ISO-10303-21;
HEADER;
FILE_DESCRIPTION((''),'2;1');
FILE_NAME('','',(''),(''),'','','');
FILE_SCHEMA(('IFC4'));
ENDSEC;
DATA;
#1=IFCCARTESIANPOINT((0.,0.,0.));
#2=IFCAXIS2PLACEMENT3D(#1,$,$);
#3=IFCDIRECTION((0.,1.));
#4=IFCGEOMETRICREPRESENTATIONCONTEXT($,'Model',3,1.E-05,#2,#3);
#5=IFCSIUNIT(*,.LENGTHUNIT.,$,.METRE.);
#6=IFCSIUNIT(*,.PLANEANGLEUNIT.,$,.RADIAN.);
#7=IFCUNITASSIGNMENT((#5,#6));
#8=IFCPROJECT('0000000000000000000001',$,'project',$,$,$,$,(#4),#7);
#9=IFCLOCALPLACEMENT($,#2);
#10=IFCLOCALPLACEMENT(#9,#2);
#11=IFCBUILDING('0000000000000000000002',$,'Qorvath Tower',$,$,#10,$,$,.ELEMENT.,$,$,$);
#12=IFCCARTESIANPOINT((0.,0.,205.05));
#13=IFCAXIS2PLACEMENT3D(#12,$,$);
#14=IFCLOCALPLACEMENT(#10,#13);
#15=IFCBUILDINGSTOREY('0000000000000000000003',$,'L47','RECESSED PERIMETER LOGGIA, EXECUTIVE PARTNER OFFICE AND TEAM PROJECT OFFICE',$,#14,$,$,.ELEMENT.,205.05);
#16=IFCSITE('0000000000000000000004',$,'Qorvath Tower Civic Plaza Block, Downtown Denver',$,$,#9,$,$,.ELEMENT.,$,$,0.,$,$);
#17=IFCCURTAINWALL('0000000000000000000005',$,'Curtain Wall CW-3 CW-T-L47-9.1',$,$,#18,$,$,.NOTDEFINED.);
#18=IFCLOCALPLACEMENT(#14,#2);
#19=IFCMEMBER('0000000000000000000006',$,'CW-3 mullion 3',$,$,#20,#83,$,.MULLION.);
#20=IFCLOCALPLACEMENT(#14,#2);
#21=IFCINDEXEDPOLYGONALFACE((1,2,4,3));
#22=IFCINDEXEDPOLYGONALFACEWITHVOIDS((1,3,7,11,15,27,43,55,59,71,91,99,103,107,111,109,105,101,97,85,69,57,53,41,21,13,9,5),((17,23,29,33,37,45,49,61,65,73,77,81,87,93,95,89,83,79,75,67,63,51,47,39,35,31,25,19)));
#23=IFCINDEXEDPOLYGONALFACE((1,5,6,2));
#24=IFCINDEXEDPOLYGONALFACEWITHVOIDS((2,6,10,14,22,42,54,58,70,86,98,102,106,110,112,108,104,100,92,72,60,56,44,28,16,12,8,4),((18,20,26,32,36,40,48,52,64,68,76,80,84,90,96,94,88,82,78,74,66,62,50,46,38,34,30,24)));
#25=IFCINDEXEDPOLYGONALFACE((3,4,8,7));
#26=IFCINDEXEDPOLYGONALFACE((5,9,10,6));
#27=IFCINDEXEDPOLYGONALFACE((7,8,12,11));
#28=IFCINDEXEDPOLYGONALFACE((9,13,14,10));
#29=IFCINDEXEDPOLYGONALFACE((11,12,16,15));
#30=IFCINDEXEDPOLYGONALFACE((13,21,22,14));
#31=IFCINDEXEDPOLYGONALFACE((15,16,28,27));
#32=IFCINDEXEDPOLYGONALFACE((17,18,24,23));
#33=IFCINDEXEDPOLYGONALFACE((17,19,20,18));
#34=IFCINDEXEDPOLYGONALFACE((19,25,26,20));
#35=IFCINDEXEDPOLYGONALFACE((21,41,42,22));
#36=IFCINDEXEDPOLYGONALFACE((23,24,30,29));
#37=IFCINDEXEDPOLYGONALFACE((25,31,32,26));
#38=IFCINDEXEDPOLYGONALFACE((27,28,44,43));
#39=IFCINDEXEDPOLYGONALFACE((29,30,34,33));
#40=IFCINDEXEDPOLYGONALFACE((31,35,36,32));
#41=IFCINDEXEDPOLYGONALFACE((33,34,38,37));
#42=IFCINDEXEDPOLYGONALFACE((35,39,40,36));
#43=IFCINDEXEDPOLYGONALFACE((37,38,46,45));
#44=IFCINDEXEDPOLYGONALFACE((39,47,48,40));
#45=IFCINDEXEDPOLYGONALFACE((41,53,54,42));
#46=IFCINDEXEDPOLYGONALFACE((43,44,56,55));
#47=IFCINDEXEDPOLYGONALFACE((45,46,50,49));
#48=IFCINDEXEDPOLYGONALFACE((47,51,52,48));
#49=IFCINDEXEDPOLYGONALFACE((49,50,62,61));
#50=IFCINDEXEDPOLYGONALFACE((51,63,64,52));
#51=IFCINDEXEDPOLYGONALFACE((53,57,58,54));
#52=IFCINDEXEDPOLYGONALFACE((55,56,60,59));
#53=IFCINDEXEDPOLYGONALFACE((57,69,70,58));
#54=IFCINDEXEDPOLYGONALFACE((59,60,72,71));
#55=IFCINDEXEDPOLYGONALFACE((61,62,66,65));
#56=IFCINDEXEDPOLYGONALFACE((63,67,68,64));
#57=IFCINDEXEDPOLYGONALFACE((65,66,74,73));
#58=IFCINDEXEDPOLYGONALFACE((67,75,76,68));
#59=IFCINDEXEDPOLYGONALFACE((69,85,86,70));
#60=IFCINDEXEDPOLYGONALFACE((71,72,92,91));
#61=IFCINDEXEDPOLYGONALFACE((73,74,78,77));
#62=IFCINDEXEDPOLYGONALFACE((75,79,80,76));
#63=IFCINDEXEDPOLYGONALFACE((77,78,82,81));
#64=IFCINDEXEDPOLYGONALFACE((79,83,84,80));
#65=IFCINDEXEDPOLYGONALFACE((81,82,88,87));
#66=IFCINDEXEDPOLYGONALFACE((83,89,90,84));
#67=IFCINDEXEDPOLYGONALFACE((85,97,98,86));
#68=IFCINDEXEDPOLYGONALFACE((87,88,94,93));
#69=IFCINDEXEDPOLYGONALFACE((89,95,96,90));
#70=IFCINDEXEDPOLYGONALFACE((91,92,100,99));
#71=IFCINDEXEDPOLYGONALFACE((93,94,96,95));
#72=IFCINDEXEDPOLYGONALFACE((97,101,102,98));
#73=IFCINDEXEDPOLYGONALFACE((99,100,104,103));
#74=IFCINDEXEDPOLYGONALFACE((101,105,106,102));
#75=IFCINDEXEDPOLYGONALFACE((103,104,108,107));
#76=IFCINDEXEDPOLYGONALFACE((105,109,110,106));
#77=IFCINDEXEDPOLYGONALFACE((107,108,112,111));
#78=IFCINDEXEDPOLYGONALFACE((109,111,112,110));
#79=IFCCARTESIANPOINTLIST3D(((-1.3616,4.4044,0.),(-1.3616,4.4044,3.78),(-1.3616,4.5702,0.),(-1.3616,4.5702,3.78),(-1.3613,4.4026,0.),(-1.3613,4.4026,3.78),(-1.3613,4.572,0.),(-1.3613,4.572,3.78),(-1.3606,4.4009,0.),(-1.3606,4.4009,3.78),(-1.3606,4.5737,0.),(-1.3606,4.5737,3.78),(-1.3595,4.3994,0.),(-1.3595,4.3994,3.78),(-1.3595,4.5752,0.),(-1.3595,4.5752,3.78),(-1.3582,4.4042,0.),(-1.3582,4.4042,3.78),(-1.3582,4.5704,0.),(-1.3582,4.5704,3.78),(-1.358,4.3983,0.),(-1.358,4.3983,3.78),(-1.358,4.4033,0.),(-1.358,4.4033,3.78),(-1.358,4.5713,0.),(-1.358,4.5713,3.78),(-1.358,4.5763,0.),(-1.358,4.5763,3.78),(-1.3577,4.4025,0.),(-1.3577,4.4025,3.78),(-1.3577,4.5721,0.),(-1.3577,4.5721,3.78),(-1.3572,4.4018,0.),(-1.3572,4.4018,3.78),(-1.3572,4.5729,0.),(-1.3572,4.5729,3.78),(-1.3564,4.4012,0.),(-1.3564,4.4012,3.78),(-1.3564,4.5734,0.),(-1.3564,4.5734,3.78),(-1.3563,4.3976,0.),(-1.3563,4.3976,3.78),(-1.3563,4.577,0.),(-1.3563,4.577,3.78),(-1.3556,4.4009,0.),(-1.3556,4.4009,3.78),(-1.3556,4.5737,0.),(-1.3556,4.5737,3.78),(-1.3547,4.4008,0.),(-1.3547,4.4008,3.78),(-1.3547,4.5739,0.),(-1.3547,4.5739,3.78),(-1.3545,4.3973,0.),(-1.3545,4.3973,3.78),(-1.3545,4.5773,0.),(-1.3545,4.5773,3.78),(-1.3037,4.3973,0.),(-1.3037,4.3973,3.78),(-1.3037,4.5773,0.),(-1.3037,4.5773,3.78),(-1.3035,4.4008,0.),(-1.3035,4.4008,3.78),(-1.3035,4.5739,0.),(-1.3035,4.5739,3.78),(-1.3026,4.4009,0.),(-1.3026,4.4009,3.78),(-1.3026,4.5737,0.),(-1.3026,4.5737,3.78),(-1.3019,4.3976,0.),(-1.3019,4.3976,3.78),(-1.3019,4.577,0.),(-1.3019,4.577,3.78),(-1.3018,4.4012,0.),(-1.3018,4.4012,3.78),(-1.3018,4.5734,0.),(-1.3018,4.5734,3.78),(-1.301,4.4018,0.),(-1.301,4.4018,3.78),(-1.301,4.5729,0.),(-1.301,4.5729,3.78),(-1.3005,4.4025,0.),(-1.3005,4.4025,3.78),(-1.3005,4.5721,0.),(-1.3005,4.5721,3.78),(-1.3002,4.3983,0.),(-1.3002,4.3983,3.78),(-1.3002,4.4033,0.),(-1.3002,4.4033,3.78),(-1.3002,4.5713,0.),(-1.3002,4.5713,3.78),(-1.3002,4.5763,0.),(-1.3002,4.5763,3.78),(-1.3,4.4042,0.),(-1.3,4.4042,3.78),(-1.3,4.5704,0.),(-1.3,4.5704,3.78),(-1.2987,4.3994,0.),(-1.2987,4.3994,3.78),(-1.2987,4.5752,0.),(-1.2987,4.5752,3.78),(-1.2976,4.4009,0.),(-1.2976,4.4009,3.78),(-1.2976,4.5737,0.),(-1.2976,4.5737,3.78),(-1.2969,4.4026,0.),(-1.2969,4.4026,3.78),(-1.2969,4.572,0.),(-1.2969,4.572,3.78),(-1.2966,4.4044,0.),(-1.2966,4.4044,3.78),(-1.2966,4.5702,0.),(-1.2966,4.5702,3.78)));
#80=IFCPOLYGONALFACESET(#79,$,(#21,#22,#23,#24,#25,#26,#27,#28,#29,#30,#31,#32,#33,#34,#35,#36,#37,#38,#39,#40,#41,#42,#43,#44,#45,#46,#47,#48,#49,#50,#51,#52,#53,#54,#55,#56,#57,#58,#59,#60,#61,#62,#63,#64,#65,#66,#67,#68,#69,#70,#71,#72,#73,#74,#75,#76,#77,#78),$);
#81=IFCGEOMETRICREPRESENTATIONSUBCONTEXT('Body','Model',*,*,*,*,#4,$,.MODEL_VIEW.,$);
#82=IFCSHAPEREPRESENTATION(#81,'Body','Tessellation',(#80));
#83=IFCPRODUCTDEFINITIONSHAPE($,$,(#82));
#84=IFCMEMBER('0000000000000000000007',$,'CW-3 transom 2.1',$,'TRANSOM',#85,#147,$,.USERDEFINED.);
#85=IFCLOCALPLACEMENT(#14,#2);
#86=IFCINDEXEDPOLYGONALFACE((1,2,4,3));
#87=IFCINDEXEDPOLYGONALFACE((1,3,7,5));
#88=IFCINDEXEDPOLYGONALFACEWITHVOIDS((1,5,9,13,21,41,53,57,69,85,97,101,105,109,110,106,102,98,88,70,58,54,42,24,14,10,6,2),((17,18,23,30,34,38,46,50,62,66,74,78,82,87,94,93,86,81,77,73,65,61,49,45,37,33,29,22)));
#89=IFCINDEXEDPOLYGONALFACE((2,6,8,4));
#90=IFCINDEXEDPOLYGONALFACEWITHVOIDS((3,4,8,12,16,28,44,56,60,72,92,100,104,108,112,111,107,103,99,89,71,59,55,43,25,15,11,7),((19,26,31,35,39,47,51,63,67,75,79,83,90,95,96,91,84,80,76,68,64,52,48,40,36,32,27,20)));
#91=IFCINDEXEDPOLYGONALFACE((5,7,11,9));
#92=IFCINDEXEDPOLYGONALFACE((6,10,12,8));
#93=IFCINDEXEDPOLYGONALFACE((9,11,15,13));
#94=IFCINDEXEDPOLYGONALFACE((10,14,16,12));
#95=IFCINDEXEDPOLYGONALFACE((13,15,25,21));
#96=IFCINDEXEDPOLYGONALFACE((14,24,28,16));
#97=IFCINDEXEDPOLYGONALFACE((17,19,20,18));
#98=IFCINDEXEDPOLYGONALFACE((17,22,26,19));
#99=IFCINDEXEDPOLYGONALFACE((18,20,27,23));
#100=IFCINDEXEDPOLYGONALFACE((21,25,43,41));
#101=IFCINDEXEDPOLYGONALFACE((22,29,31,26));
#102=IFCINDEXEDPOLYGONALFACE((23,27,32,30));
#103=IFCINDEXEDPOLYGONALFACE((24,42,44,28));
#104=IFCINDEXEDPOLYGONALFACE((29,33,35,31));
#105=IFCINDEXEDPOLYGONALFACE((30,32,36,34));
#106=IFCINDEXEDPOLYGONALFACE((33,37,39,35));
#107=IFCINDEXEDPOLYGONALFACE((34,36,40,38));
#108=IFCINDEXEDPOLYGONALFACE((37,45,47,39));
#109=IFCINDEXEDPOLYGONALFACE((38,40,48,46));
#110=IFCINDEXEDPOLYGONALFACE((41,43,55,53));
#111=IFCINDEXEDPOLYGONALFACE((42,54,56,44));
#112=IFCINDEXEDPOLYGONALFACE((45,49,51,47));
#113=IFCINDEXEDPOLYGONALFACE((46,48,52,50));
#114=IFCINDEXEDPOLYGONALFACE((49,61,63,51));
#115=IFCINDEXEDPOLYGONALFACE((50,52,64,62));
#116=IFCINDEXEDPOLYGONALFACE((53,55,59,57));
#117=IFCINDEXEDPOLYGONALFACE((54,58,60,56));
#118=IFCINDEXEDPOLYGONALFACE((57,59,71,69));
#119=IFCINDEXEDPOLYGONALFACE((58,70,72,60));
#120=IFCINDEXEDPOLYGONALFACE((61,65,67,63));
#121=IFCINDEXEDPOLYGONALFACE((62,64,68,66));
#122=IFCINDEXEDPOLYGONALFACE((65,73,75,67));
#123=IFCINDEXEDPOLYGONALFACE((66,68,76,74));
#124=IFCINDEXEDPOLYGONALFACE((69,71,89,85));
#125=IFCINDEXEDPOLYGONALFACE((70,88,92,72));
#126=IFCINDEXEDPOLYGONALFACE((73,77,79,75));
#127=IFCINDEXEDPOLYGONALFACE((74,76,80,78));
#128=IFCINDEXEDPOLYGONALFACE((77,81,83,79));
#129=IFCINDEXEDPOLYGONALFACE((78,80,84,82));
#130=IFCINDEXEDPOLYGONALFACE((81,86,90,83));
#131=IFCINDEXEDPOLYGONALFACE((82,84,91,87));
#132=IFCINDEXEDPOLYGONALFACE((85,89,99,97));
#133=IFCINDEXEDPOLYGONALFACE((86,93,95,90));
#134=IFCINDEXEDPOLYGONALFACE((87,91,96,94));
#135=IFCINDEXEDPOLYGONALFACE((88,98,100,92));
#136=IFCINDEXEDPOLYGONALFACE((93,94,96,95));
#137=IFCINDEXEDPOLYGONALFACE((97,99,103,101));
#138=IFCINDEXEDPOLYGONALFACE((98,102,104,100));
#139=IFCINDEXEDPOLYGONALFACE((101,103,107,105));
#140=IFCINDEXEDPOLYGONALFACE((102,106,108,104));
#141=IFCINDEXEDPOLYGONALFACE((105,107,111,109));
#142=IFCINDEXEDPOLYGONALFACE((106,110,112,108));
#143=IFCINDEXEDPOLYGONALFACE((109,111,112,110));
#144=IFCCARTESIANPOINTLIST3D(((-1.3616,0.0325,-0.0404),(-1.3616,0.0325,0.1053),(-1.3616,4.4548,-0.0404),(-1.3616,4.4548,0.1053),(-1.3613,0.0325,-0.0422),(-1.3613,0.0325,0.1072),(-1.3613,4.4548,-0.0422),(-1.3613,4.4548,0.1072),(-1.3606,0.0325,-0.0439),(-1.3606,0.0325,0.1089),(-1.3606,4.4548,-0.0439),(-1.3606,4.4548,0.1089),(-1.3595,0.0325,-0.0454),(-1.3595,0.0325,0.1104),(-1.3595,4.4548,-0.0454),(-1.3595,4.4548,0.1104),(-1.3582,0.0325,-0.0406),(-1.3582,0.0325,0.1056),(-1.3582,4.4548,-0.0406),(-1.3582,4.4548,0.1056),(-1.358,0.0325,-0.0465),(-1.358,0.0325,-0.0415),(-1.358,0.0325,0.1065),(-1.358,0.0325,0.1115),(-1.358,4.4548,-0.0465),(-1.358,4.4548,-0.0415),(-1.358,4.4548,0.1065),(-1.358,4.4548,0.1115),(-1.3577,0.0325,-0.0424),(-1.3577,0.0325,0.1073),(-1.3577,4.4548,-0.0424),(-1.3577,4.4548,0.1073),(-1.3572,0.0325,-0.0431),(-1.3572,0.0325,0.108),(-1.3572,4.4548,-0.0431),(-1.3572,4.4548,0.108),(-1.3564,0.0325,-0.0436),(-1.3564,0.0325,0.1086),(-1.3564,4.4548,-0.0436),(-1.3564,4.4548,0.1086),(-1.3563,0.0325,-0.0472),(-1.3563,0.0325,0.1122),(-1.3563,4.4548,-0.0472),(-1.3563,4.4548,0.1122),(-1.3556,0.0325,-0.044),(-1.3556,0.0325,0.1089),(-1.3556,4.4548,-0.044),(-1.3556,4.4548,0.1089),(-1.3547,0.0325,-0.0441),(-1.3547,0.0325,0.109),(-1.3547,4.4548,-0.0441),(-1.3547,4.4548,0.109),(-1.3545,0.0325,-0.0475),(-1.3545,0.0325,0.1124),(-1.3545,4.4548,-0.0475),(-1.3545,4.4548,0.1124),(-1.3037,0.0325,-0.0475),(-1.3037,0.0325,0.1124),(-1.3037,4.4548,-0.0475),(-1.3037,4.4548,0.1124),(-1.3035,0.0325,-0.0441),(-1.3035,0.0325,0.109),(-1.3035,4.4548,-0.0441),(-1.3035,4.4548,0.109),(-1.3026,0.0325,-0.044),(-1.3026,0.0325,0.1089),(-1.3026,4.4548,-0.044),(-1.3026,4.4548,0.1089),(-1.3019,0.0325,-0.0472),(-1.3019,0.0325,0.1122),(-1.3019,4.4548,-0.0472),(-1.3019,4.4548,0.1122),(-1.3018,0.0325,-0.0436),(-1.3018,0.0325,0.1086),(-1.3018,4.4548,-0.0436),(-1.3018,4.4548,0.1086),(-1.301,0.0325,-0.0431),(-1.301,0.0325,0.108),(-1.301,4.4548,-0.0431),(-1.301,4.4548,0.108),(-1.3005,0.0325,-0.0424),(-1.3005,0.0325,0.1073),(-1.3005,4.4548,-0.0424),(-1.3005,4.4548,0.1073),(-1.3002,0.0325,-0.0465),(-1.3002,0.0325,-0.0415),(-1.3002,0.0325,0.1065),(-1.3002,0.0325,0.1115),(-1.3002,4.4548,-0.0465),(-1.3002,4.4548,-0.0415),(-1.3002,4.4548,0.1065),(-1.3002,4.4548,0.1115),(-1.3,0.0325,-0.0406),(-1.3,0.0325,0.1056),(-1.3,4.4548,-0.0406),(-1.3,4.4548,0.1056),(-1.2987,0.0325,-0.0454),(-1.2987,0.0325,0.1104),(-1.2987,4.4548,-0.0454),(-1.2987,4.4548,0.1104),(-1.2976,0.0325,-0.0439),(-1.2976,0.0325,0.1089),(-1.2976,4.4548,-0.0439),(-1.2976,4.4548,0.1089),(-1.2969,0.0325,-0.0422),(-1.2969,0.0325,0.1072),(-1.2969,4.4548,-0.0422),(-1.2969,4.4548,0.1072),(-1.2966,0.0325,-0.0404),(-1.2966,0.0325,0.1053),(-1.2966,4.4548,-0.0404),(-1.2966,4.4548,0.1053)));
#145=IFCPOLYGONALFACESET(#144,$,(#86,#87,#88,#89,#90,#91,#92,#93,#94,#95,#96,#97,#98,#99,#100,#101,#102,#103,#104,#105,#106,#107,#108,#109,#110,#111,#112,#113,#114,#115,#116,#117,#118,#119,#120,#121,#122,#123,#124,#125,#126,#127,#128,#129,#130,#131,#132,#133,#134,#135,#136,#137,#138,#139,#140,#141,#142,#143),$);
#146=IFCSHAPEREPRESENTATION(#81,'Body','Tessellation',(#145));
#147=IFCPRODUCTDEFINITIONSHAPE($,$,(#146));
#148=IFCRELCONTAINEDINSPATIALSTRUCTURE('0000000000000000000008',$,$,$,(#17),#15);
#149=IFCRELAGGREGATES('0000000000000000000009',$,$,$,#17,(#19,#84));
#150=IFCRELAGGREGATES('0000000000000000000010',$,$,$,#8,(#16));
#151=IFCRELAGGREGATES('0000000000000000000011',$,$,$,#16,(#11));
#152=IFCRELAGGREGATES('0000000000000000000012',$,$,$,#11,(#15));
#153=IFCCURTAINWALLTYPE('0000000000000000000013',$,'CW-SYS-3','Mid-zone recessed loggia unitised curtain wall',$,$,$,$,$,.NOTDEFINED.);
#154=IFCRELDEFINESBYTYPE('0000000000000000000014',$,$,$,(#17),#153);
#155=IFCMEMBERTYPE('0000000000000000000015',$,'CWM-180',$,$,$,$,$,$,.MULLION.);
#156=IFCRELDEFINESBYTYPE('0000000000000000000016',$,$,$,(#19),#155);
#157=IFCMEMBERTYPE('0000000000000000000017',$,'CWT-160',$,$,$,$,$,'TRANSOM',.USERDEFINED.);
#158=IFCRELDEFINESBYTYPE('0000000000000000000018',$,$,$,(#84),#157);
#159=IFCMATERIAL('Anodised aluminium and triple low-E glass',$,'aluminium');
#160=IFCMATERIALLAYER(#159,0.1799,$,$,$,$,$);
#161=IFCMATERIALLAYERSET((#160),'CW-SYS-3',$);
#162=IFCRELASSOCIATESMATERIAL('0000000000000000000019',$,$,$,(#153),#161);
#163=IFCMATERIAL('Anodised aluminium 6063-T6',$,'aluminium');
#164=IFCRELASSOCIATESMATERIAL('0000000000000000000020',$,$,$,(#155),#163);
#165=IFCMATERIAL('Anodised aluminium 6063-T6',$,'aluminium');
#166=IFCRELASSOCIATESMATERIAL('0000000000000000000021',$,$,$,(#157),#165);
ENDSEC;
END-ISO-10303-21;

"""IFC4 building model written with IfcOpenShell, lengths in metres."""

from ifc_helpers import new_model, si_unit, direction, frame, origin, origin_2d, place, context, subcontext, project, spatial, hollow_rectangle, extrude, material, layer, layer_set, material_profile, profile_set, type_object, element, aggregate, save


model = new_model("IFC4")

# Units and contexts
model_context = context("Model", 3, precision=1e-05, world=origin(), true_north=direction((0.0, 1.0)))
body_context = subcontext(model_context, "Body", "Model", "MODEL_VIEW")
ifc_project = project(units=[si_unit("LENGTHUNIT", "METRE"), si_unit("PLANEANGLEUNIT", "RADIAN")], contexts=[model_context])

# Site, building, storey
site_placement = place(None, origin())
site = spatial("IfcSite", under=ifc_project, at=site_placement, Name="Qorvath Tower Civic Plaza Block, Downtown Denver", CompositionType="ELEMENT", RefElevation=0.0)
building_placement = place(site_placement, origin())
building = spatial("IfcBuilding", under=site, at=building_placement, Name="Qorvath Tower", CompositionType="ELEMENT")
storey_placement = place(building_placement, frame((0.0, 0.0, 205.05)))
storey = spatial("IfcBuildingStorey", under=building, at=storey_placement, Name="L47", Description="RECESSED PERIMETER LOGGIA, EXECUTIVE PARTNER OFFICE AND TEAM PROJECT OFFICE", CompositionType="ELEMENT", Elevation=205.05)

# Curtain wall, members
ifc_material_1 = material(Name="Anodised aluminium and triple low-E glass", Category="aluminium")
ifc_layer_1 = layer(ifc_material_1, 0.1799)
ifc_layer_set_1 = layer_set([ifc_layer_1], Name="CW-SYS-3")
curtain_wall_type = type_object("IfcCurtainWallType", Name="CW-SYS-3", Description="Mid-zone recessed loggia unitised curtain wall", PredefinedType="NOTDEFINED", material=ifc_layer_set_1)
curtain_wall_placement = place(storey_placement, origin())
curtain_wall = element("IfcCurtainWall", 1, at=curtain_wall_placement, inside=storey, type_object=curtain_wall_type, Name="Curtain Wall CW-3 CW-T-L47-9.1", PredefinedType="NOTDEFINED")
ifc_material_2 = material(Name="Anodised aluminium 6063-T6", Category="aluminium")
ifc_material_profile_1 = material_profile(ifc_material_2, hollow_rectangle(XDim=0.0649, YDim=0.1799, WallThickness=0.0034, InnerFilletRadius=0.0034, OuterFilletRadius=0.0071, at=origin_2d()), Name="CWM 180x65")
ifc_profile_set_1 = profile_set([ifc_material_profile_1], Name="Anodised aluminium 6063-T6")
member_type_1 = type_object("IfcMemberType", Name="CWM-180", PredefinedType="MULLION", material=ifc_profile_set_1)
member_1_placement = place(storey_placement, frame((-1.3291, 4.4873, 0.0), z_axis=(0.0, 0.0, 1.0), x_axis=(-1.0, 0.0, 0.0)))
member_1 = element("IfcMember", 2, at=member_1_placement, type_object=member_type_1, Name="CW-3 mullion 3", PredefinedType="MULLION", context=body_context, shape_type="SweptSolid", body=[
    extrude(hollow_rectangle(XDim=0.0649, YDim=0.1799, WallThickness=0.0034, InnerFilletRadius=0.0034, OuterFilletRadius=0.0071, at=origin_2d()), origin(), (0.0, 0.0, 1.0), 3.78),
])
ifc_material_3 = material(Name="Anodised aluminium 6063-T6", Category="aluminium")
ifc_material_profile_2 = material_profile(ifc_material_3, hollow_rectangle(XDim=0.0649, YDim=0.1599, WallThickness=0.0034, InnerFilletRadius=0.0034, OuterFilletRadius=0.0071, at=origin_2d()), Name="CWT 160x65")
ifc_profile_set_2 = profile_set([ifc_material_profile_2], Name="Anodised aluminium 6063-T6")
member_type_2 = type_object("IfcMemberType", Name="CWT-160", ElementType="TRANSOM", PredefinedType="USERDEFINED", material=ifc_profile_set_2)
member_2_placement = place(storey_placement, frame((-1.3291, 0.0325, 0.0325), z_axis=(0.0, 1.0, 0.0), x_axis=(-1.0, 0.0, 0.0)))
member_2 = element("IfcMember", 3, at=member_2_placement, type_object=member_type_2, Name="CW-3 transom 2.1", ObjectType="TRANSOM", PredefinedType="USERDEFINED", context=body_context, shape_type="SweptSolid", body=[
    extrude(hollow_rectangle(XDim=0.0649, YDim=0.1599, WallThickness=0.0034, InnerFilletRadius=0.0034, OuterFilletRadius=0.0071, at=origin_2d()), origin(), (0.0, 0.0, 1.0), 4.4224),
])
aggregate(curtain_wall, [member_1, member_2])

save(model, "model.ifc")
